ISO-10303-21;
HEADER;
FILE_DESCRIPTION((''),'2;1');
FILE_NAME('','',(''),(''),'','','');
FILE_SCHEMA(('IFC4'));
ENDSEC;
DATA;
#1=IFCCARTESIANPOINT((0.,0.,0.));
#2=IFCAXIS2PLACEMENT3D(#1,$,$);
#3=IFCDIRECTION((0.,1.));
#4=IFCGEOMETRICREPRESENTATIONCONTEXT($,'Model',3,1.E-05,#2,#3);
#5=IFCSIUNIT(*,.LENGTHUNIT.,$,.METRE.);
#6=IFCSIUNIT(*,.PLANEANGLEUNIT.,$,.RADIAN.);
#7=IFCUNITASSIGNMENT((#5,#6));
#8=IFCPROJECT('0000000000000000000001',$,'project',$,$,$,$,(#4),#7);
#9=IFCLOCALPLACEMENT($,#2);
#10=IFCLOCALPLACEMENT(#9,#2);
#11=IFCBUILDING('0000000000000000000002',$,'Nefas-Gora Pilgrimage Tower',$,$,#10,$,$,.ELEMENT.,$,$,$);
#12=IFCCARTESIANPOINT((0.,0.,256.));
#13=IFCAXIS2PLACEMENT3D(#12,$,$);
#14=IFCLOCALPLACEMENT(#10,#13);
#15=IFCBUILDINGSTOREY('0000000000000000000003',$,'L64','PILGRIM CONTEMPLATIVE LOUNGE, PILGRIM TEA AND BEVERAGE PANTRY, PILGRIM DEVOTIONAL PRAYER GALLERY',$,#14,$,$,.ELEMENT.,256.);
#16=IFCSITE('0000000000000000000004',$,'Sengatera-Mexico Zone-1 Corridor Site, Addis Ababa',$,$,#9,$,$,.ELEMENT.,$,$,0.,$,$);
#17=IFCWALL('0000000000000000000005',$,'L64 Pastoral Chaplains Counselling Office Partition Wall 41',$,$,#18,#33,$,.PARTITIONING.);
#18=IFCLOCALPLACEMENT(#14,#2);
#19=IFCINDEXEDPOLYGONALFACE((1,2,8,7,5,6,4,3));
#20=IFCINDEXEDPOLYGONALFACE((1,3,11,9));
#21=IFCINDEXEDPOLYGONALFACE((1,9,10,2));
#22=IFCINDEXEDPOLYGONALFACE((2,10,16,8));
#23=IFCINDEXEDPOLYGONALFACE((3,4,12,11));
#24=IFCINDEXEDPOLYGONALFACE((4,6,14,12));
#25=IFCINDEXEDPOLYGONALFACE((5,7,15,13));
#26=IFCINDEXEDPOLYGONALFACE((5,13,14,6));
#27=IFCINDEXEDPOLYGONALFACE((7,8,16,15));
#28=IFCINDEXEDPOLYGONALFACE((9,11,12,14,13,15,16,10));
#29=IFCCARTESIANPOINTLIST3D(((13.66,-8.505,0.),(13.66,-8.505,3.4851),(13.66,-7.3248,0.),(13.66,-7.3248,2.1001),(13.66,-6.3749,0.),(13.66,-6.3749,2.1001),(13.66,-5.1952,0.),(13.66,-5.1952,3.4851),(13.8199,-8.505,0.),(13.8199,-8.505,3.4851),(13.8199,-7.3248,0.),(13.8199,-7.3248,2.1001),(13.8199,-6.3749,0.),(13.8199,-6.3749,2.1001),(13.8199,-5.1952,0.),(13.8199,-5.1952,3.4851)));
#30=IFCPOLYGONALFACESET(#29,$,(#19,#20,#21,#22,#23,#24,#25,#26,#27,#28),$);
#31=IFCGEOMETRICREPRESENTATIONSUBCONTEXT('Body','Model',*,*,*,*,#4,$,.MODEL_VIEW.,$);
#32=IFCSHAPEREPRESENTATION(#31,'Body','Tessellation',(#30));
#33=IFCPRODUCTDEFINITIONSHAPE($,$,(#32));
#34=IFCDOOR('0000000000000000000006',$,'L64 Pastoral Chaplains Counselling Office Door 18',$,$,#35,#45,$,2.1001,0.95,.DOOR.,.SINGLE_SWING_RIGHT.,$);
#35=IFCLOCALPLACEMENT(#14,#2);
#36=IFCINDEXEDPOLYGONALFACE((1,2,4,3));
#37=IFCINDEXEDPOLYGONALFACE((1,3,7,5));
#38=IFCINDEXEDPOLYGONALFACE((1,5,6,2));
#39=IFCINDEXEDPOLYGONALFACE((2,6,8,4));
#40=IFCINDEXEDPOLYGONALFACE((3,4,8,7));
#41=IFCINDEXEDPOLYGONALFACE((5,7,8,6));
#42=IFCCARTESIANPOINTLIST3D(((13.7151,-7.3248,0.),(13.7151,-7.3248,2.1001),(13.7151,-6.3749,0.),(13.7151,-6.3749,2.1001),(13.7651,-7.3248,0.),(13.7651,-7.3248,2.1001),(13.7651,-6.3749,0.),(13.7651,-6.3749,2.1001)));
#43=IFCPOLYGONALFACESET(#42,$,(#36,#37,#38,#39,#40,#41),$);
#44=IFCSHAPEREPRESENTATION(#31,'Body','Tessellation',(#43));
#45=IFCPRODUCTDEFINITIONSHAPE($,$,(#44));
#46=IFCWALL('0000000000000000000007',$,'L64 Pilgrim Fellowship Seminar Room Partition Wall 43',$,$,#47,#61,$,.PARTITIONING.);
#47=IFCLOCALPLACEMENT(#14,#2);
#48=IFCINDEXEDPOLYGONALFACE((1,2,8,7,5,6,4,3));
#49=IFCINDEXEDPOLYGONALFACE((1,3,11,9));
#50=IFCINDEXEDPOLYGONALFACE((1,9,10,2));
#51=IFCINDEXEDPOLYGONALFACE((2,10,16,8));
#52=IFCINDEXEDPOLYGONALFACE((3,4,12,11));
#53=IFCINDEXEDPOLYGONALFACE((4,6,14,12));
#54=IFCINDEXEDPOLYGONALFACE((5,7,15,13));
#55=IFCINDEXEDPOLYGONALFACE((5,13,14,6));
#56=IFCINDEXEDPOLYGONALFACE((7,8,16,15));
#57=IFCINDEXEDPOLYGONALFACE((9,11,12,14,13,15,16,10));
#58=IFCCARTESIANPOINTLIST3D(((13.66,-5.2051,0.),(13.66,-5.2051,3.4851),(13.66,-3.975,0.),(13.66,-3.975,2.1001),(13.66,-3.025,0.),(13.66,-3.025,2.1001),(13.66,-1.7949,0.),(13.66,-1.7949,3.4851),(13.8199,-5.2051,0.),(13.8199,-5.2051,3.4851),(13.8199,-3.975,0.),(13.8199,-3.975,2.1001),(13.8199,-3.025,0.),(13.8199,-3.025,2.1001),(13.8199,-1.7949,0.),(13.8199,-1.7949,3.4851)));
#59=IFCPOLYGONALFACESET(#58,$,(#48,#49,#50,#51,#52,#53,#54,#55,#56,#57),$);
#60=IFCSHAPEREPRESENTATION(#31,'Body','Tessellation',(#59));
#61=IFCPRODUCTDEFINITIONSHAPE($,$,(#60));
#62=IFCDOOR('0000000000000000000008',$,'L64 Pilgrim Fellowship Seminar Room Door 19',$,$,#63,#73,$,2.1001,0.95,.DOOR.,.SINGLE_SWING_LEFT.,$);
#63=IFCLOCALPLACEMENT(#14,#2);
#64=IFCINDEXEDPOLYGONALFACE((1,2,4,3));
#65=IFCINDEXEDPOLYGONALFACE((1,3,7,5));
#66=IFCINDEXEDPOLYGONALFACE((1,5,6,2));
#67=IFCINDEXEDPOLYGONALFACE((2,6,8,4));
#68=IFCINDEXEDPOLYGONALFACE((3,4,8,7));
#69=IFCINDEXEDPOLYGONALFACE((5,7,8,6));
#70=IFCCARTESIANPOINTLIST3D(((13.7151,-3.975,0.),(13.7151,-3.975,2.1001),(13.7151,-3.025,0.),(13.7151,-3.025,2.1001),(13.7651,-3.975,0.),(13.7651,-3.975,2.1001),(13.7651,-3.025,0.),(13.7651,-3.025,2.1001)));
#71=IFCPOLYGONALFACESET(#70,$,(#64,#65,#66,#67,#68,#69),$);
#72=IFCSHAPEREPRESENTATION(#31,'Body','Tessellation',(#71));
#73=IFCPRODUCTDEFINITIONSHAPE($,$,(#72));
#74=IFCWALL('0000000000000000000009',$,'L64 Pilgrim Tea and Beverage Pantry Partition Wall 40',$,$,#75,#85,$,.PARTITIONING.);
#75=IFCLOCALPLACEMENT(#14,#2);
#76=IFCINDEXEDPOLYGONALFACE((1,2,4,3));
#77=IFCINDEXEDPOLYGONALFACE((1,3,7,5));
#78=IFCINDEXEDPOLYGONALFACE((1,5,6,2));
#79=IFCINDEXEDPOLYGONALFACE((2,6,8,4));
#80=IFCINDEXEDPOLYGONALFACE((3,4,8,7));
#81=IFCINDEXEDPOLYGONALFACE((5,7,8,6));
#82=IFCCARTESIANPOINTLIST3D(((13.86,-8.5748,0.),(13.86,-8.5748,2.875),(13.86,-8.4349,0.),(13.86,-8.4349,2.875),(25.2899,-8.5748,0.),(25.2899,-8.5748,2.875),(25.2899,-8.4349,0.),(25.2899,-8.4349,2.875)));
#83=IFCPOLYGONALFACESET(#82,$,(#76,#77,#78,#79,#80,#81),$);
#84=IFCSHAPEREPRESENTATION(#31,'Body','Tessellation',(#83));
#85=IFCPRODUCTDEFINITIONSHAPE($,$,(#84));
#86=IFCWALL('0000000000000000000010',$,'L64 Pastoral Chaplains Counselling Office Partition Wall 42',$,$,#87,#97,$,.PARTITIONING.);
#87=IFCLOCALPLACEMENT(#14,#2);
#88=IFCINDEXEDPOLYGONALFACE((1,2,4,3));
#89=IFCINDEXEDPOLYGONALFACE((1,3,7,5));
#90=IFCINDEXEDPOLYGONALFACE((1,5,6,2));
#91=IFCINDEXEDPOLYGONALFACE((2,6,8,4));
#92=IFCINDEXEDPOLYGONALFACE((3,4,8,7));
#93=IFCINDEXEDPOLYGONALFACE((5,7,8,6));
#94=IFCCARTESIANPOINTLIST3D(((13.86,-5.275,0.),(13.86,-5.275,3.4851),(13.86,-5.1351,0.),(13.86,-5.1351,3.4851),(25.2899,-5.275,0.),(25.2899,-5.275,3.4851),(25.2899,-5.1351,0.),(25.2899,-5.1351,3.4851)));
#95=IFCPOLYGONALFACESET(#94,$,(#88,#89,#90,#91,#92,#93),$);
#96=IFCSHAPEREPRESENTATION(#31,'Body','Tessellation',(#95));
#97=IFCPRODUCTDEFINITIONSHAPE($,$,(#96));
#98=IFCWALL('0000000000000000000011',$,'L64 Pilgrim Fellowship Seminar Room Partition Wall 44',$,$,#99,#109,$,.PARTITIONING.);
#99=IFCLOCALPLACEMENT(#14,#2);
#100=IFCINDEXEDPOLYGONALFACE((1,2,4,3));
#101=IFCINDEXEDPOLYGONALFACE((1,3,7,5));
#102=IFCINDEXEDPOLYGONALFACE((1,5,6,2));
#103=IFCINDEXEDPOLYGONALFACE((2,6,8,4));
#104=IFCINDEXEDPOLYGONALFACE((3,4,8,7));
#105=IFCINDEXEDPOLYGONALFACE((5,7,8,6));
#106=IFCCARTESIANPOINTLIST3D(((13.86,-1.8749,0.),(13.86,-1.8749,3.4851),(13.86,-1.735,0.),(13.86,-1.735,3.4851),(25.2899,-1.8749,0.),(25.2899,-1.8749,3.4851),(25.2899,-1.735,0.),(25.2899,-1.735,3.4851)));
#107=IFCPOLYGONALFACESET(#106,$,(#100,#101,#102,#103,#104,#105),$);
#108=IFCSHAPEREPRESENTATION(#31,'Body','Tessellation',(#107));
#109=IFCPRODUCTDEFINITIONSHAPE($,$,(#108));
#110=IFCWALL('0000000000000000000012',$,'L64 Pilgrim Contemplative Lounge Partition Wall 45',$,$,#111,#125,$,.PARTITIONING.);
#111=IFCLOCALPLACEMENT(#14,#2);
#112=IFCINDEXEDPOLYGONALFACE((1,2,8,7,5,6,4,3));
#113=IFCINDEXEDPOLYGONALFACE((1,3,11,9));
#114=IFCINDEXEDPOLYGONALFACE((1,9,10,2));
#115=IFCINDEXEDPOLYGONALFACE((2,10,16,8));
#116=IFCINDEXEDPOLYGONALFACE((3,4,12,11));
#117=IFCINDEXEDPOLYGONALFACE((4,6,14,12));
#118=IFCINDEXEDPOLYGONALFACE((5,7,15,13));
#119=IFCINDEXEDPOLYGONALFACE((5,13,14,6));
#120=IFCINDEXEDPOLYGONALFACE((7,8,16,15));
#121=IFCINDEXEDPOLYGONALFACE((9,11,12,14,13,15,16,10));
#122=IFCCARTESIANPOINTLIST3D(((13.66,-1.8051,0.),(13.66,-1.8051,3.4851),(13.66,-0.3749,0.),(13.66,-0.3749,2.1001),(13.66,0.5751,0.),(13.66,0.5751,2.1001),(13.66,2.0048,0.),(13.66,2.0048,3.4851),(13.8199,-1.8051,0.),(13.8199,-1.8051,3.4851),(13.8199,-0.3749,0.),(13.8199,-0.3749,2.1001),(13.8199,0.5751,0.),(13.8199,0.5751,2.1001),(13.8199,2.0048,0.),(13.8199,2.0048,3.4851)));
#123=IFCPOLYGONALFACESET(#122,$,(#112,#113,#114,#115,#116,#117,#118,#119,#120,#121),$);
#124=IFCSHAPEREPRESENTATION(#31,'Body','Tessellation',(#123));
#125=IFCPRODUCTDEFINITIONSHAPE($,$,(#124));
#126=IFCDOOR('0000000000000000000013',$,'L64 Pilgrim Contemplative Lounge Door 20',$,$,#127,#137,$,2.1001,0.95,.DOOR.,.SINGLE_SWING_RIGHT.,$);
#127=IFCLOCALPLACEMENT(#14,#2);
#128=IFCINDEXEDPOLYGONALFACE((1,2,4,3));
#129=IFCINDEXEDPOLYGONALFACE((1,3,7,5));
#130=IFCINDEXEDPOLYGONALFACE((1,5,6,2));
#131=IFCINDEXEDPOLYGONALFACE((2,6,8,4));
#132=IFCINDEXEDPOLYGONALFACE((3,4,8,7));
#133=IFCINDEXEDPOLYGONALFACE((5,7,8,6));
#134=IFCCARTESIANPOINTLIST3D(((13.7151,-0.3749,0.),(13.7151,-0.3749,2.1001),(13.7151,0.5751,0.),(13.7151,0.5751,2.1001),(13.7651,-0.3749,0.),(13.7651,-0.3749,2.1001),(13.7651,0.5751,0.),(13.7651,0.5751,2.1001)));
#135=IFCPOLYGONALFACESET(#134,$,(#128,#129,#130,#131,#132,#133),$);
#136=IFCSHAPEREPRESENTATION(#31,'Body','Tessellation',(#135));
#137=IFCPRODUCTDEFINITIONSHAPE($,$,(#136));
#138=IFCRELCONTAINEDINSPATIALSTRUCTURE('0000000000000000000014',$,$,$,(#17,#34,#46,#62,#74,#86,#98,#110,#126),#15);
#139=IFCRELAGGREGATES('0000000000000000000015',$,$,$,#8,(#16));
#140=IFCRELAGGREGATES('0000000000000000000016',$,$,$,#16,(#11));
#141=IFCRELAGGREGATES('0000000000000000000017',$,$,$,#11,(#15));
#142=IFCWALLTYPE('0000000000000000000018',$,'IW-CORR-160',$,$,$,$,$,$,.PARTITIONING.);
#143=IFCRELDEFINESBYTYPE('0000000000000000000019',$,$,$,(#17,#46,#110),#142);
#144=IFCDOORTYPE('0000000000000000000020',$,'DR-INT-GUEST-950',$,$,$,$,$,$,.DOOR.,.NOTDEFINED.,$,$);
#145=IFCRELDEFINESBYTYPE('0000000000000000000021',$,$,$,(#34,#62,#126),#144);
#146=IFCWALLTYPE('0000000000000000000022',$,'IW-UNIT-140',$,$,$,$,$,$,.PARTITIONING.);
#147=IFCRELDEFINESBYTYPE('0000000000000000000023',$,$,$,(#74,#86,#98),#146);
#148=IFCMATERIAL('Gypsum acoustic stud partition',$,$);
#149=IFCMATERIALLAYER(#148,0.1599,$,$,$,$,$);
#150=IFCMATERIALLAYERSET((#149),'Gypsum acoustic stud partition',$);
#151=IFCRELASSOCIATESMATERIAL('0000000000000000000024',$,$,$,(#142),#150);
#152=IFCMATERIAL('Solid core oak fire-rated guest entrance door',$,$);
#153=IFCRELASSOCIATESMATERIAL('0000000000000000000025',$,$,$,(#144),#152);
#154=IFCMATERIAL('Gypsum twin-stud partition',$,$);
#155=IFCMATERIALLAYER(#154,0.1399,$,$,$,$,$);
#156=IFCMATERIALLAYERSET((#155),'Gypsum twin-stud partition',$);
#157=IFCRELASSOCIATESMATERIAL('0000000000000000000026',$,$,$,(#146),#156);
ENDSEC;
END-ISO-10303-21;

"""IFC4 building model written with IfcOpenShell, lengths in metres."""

from ifc_helpers import new_model, si_unit, direction, frame, frame_2d, origin, place, context, subcontext, project, spatial, rectangle, extrude, source, transform, mapped, material, layer, layer_set, type_object, element, fill, save


model = new_model("IFC4")

# Units and contexts
model_context = context("Model", 3, precision=1e-05, world=origin(), true_north=direction((0.0, 1.0)))
body_context = subcontext(model_context, "Body", "Model", "MODEL_VIEW")
ifc_project = project(units=[si_unit("LENGTHUNIT", "METRE"), si_unit("PLANEANGLEUNIT", "RADIAN")], contexts=[model_context])

# Site, building, storey
site_placement = place(None, origin())
site = spatial("IfcSite", under=ifc_project, at=site_placement, Name="Sengatera-Mexico Zone-1 Corridor Site, Addis Ababa", CompositionType="ELEMENT", RefElevation=0.0)
building_placement = place(site_placement, origin())
building = spatial("IfcBuilding", under=site, at=building_placement, Name="Nefas-Gora Pilgrimage Tower", CompositionType="ELEMENT")
storey_placement = place(building_placement, frame((0.0, 0.0, 256.0)))
storey = spatial("IfcBuildingStorey", under=building, at=storey_placement, Name="L64", Description="PILGRIM CONTEMPLATIVE LOUNGE, PILGRIM TEA AND BEVERAGE PANTRY, PILGRIM DEVOTIONAL PRAYER GALLERY", CompositionType="ELEMENT", Elevation=256.0)

# Walls, openings, doors
ifc_material_1 = material(Name="Gypsum acoustic stud partition")
ifc_layer_1 = layer(ifc_material_1, 0.1599)
ifc_layer_set_1 = layer_set([ifc_layer_1], Name="Gypsum acoustic stud partition")
wall_type_1 = type_object("IfcWallType", Name="IW-CORR-160", PredefinedType="PARTITIONING", material=ifc_layer_set_1)
shared_shape_1 = source(origin(), body_context, "Body", "SweptSolid", [
    extrude(rectangle(XDim=3.3098, YDim=0.1599, at=frame_2d((1.6548, 0.0))), origin(), (0.0, 0.0, 1.0), 3.4851),
])
wall_1_placement = place(storey_placement, frame((13.74, -8.5049, 0.0), z_axis=(0.0, 0.0, 1.0), x_axis=(0.0, 1.0, 0.0)))
wall_1 = element("IfcWall", 1, at=wall_1_placement, inside=storey, type_object=wall_type_1, Name="L64 Pastoral Chaplains Counselling Office Partition Wall 41", PredefinedType="PARTITIONING", context=body_context, shape_type="MappedRepresentation", body=[
    mapped(shared_shape_1, transform((0.0, 0.0, 0.0), x_axis=(1.0, 0.0, 0.0), y_axis=(0.0, 1.0, 0.0), z_axis=(0.0, 0.0, 1.0), scale=1.0)),
])
opening_1_placement = place(wall_1_placement, frame((1.1799, 0.0, 0.0)))
opening_1 = element("IfcOpeningElement", 2, at=opening_1_placement, cuts=wall_1, PredefinedType="OPENING", context=body_context, shape_type="SweptSolid", body=[
    extrude(rectangle(XDim=0.95, YDim=2.1001, at=frame_2d((0.4751, 1.05))), frame((0.0, 0.0898, 0.0), z_axis=(0.0, -1.0, 0.0), x_axis=(1.0, 0.0, 0.0)), (0.0, 0.0, 1.0), 0.1799),
])
ifc_material_2 = material(Name="Solid core oak fire-rated guest entrance door")
door_type_1 = type_object("IfcDoorType", Name="DR-INT-GUEST-950", OperationType="NOTDEFINED", PredefinedType="DOOR", material=ifc_material_2)
shared_shape_2 = source(origin(), body_context, "Body", "SweptSolid", [
    extrude(rectangle(XDim=0.95, YDim=2.1001, at=frame_2d((0.4751, 1.05))), frame((0.0, 0.0249, 0.0), z_axis=(0.0, -1.0, 0.0), x_axis=(1.0, 0.0, 0.0)), (0.0, 0.0, 1.0), 0.05),
])
door_1_placement = place(opening_1_placement, origin())
door_1 = element("IfcDoor", 3, at=door_1_placement, inside=storey, type_object=door_type_1, Name="L64 Pastoral Chaplains Counselling Office Door 18", OperationType="SINGLE_SWING_RIGHT", OverallHeight=2.1001, OverallWidth=0.95, PredefinedType="DOOR", context=body_context, shape_type="MappedRepresentation", body=[
    mapped(shared_shape_2, transform((0.0, 0.0, 0.0), x_axis=(1.0, 0.0, 0.0), y_axis=(0.0, 1.0, 0.0), z_axis=(0.0, 0.0, 1.0), scale=1.0)),
])
fill(opening_1, door_1)
shared_shape_3 = source(origin(), body_context, "Body", "SweptSolid", [
    extrude(rectangle(XDim=3.4102, YDim=0.1599, at=frame_2d((1.7051, 0.0))), origin(), (0.0, 0.0, 1.0), 3.4851),
])
wall_2_placement = place(storey_placement, frame((13.74, -5.2051, 0.0), z_axis=(0.0, 0.0, 1.0), x_axis=(0.0, 1.0, 0.0)))
wall_2 = element("IfcWall", 4, at=wall_2_placement, inside=storey, type_object=wall_type_1, Name="L64 Pilgrim Fellowship Seminar Room Partition Wall 43", PredefinedType="PARTITIONING", context=body_context, shape_type="MappedRepresentation", body=[
    mapped(shared_shape_3, transform((0.0, 0.0, 0.0), x_axis=(1.0, 0.0, 0.0), y_axis=(0.0, 1.0, 0.0), z_axis=(0.0, 0.0, 1.0), scale=1.0)),
])
opening_2_placement = place(wall_2_placement, frame((1.23, 0.0, 0.0)))
opening_2 = element("IfcOpeningElement", 5, at=opening_2_placement, cuts=wall_2, PredefinedType="OPENING", context=body_context, shape_type="SweptSolid", body=[
    extrude(rectangle(XDim=0.95, YDim=2.1001, at=frame_2d((0.4751, 1.05))), frame((0.0, 0.0898, 0.0), z_axis=(0.0, -1.0, 0.0), x_axis=(1.0, 0.0, 0.0)), (0.0, 0.0, 1.0), 0.1799),
])
door_2_placement = place(opening_2_placement, origin())
door_2 = element("IfcDoor", 6, at=door_2_placement, inside=storey, type_object=door_type_1, Name="L64 Pilgrim Fellowship Seminar Room Door 19", OperationType="SINGLE_SWING_LEFT", OverallHeight=2.1001, OverallWidth=0.95, PredefinedType="DOOR", context=body_context, shape_type="MappedRepresentation", body=[
    mapped(shared_shape_2, transform((0.0, 0.0, 0.0), x_axis=(1.0, 0.0, 0.0), y_axis=(0.0, 1.0, 0.0), z_axis=(0.0, 0.0, 1.0), scale=1.0)),
])
fill(opening_2, door_2)

# Walls
ifc_material_3 = material(Name="Gypsum twin-stud partition")
ifc_layer_2 = layer(ifc_material_3, 0.1399)
ifc_layer_set_2 = layer_set([ifc_layer_2], Name="Gypsum twin-stud partition")
wall_type_2 = type_object("IfcWallType", Name="IW-UNIT-140", PredefinedType="PARTITIONING", material=ifc_layer_set_2)
shared_shape_4 = source(origin(), body_context, "Body", "SweptSolid", [
    extrude(rectangle(XDim=11.4299, YDim=0.1399, at=frame_2d((5.7148, 0.0))), origin(), (0.0, 0.0, 1.0), 2.875),
])
wall_3_placement = place(storey_placement, frame((13.8601, -8.5049, 0.0), z_axis=(0.0, 0.0, 1.0), x_axis=(1.0, 0.0, 0.0)))
element("IfcWall", 7, at=wall_3_placement, inside=storey, type_object=wall_type_2, Name="L64 Pilgrim Tea and Beverage Pantry Partition Wall 40", PredefinedType="PARTITIONING", context=body_context, shape_type="MappedRepresentation", body=[
    mapped(shared_shape_4, transform((0.0, 0.0, 0.0), x_axis=(1.0, 0.0, 0.0), y_axis=(0.0, 1.0, 0.0), z_axis=(0.0, 0.0, 1.0), scale=1.0)),
])
shared_shape_5 = source(origin(), body_context, "Body", "SweptSolid", [
    extrude(rectangle(XDim=11.4299, YDim=0.1399, at=frame_2d((5.7148, 0.0))), origin(), (0.0, 0.0, 1.0), 3.4851),
])
for number, where, z_axis, x_axis, name in (
    (8, (13.8601, -5.2051, 0.0), (0.0, 0.0, 1.0), (1.0, 0.0, 0.0), "L64 Pastoral Chaplains Counselling Office Partition Wall 42"),
    (9, (13.8601, -1.8049, 0.0), (0.0, 0.0, 1.0), (1.0, 0.0, 0.0), "L64 Pilgrim Fellowship Seminar Room Partition Wall 44"),
):
    element("IfcWall", number, at=place(storey_placement, frame(where, z_axis=z_axis, x_axis=x_axis)), inside=storey, type_object=wall_type_2, Name=name, PredefinedType="PARTITIONING", context=body_context, shape_type="MappedRepresentation", body=[
        mapped(shared_shape_5, transform((0.0, 0.0, 0.0), x_axis=(1.0, 0.0, 0.0), y_axis=(0.0, 1.0, 0.0), z_axis=(0.0, 0.0, 1.0), scale=1.0)),
    ])

# Wall, opening, door
shared_shape_6 = source(origin(), body_context, "Body", "SweptSolid", [
    extrude(rectangle(XDim=3.8098, YDim=0.1599, at=frame_2d((1.9048, 0.0))), origin(), (0.0, 0.0, 1.0), 3.4851),
])
wall_4_placement = place(storey_placement, frame((13.74, -1.8049, 0.0), z_axis=(0.0, 0.0, 1.0), x_axis=(0.0, 1.0, 0.0)))
wall_4 = element("IfcWall", 10, at=wall_4_placement, inside=storey, type_object=wall_type_1, Name="L64 Pilgrim Contemplative Lounge Partition Wall 45", PredefinedType="PARTITIONING", context=body_context, shape_type="MappedRepresentation", body=[
    mapped(shared_shape_6, transform((0.0, 0.0, 0.0), x_axis=(1.0, 0.0, 0.0), y_axis=(0.0, 1.0, 0.0), z_axis=(0.0, 0.0, 1.0), scale=1.0)),
])
opening_3_placement = place(wall_4_placement, frame((1.4299, 0.0, 0.0)))
opening_3 = element("IfcOpeningElement", 11, at=opening_3_placement, cuts=wall_4, PredefinedType="OPENING", context=body_context, shape_type="SweptSolid", body=[
    extrude(rectangle(XDim=0.95, YDim=2.1001, at=frame_2d((0.4751, 1.05))), frame((0.0, 0.0898, 0.0), z_axis=(0.0, -1.0, 0.0), x_axis=(1.0, 0.0, 0.0)), (0.0, 0.0, 1.0), 0.1799),
])
door_3_placement = place(opening_3_placement, origin())
door_3 = element("IfcDoor", 12, at=door_3_placement, inside=storey, type_object=door_type_1, Name="L64 Pilgrim Contemplative Lounge Door 20", OperationType="SINGLE_SWING_RIGHT", OverallHeight=2.1001, OverallWidth=0.95, PredefinedType="DOOR", context=body_context, shape_type="MappedRepresentation", body=[
    mapped(shared_shape_2, transform((0.0, 0.0, 0.0), x_axis=(1.0, 0.0, 0.0), y_axis=(0.0, 1.0, 0.0), z_axis=(0.0, 0.0, 1.0), scale=1.0)),
])
fill(opening_3, door_3)

save(model, "model.ifc")
